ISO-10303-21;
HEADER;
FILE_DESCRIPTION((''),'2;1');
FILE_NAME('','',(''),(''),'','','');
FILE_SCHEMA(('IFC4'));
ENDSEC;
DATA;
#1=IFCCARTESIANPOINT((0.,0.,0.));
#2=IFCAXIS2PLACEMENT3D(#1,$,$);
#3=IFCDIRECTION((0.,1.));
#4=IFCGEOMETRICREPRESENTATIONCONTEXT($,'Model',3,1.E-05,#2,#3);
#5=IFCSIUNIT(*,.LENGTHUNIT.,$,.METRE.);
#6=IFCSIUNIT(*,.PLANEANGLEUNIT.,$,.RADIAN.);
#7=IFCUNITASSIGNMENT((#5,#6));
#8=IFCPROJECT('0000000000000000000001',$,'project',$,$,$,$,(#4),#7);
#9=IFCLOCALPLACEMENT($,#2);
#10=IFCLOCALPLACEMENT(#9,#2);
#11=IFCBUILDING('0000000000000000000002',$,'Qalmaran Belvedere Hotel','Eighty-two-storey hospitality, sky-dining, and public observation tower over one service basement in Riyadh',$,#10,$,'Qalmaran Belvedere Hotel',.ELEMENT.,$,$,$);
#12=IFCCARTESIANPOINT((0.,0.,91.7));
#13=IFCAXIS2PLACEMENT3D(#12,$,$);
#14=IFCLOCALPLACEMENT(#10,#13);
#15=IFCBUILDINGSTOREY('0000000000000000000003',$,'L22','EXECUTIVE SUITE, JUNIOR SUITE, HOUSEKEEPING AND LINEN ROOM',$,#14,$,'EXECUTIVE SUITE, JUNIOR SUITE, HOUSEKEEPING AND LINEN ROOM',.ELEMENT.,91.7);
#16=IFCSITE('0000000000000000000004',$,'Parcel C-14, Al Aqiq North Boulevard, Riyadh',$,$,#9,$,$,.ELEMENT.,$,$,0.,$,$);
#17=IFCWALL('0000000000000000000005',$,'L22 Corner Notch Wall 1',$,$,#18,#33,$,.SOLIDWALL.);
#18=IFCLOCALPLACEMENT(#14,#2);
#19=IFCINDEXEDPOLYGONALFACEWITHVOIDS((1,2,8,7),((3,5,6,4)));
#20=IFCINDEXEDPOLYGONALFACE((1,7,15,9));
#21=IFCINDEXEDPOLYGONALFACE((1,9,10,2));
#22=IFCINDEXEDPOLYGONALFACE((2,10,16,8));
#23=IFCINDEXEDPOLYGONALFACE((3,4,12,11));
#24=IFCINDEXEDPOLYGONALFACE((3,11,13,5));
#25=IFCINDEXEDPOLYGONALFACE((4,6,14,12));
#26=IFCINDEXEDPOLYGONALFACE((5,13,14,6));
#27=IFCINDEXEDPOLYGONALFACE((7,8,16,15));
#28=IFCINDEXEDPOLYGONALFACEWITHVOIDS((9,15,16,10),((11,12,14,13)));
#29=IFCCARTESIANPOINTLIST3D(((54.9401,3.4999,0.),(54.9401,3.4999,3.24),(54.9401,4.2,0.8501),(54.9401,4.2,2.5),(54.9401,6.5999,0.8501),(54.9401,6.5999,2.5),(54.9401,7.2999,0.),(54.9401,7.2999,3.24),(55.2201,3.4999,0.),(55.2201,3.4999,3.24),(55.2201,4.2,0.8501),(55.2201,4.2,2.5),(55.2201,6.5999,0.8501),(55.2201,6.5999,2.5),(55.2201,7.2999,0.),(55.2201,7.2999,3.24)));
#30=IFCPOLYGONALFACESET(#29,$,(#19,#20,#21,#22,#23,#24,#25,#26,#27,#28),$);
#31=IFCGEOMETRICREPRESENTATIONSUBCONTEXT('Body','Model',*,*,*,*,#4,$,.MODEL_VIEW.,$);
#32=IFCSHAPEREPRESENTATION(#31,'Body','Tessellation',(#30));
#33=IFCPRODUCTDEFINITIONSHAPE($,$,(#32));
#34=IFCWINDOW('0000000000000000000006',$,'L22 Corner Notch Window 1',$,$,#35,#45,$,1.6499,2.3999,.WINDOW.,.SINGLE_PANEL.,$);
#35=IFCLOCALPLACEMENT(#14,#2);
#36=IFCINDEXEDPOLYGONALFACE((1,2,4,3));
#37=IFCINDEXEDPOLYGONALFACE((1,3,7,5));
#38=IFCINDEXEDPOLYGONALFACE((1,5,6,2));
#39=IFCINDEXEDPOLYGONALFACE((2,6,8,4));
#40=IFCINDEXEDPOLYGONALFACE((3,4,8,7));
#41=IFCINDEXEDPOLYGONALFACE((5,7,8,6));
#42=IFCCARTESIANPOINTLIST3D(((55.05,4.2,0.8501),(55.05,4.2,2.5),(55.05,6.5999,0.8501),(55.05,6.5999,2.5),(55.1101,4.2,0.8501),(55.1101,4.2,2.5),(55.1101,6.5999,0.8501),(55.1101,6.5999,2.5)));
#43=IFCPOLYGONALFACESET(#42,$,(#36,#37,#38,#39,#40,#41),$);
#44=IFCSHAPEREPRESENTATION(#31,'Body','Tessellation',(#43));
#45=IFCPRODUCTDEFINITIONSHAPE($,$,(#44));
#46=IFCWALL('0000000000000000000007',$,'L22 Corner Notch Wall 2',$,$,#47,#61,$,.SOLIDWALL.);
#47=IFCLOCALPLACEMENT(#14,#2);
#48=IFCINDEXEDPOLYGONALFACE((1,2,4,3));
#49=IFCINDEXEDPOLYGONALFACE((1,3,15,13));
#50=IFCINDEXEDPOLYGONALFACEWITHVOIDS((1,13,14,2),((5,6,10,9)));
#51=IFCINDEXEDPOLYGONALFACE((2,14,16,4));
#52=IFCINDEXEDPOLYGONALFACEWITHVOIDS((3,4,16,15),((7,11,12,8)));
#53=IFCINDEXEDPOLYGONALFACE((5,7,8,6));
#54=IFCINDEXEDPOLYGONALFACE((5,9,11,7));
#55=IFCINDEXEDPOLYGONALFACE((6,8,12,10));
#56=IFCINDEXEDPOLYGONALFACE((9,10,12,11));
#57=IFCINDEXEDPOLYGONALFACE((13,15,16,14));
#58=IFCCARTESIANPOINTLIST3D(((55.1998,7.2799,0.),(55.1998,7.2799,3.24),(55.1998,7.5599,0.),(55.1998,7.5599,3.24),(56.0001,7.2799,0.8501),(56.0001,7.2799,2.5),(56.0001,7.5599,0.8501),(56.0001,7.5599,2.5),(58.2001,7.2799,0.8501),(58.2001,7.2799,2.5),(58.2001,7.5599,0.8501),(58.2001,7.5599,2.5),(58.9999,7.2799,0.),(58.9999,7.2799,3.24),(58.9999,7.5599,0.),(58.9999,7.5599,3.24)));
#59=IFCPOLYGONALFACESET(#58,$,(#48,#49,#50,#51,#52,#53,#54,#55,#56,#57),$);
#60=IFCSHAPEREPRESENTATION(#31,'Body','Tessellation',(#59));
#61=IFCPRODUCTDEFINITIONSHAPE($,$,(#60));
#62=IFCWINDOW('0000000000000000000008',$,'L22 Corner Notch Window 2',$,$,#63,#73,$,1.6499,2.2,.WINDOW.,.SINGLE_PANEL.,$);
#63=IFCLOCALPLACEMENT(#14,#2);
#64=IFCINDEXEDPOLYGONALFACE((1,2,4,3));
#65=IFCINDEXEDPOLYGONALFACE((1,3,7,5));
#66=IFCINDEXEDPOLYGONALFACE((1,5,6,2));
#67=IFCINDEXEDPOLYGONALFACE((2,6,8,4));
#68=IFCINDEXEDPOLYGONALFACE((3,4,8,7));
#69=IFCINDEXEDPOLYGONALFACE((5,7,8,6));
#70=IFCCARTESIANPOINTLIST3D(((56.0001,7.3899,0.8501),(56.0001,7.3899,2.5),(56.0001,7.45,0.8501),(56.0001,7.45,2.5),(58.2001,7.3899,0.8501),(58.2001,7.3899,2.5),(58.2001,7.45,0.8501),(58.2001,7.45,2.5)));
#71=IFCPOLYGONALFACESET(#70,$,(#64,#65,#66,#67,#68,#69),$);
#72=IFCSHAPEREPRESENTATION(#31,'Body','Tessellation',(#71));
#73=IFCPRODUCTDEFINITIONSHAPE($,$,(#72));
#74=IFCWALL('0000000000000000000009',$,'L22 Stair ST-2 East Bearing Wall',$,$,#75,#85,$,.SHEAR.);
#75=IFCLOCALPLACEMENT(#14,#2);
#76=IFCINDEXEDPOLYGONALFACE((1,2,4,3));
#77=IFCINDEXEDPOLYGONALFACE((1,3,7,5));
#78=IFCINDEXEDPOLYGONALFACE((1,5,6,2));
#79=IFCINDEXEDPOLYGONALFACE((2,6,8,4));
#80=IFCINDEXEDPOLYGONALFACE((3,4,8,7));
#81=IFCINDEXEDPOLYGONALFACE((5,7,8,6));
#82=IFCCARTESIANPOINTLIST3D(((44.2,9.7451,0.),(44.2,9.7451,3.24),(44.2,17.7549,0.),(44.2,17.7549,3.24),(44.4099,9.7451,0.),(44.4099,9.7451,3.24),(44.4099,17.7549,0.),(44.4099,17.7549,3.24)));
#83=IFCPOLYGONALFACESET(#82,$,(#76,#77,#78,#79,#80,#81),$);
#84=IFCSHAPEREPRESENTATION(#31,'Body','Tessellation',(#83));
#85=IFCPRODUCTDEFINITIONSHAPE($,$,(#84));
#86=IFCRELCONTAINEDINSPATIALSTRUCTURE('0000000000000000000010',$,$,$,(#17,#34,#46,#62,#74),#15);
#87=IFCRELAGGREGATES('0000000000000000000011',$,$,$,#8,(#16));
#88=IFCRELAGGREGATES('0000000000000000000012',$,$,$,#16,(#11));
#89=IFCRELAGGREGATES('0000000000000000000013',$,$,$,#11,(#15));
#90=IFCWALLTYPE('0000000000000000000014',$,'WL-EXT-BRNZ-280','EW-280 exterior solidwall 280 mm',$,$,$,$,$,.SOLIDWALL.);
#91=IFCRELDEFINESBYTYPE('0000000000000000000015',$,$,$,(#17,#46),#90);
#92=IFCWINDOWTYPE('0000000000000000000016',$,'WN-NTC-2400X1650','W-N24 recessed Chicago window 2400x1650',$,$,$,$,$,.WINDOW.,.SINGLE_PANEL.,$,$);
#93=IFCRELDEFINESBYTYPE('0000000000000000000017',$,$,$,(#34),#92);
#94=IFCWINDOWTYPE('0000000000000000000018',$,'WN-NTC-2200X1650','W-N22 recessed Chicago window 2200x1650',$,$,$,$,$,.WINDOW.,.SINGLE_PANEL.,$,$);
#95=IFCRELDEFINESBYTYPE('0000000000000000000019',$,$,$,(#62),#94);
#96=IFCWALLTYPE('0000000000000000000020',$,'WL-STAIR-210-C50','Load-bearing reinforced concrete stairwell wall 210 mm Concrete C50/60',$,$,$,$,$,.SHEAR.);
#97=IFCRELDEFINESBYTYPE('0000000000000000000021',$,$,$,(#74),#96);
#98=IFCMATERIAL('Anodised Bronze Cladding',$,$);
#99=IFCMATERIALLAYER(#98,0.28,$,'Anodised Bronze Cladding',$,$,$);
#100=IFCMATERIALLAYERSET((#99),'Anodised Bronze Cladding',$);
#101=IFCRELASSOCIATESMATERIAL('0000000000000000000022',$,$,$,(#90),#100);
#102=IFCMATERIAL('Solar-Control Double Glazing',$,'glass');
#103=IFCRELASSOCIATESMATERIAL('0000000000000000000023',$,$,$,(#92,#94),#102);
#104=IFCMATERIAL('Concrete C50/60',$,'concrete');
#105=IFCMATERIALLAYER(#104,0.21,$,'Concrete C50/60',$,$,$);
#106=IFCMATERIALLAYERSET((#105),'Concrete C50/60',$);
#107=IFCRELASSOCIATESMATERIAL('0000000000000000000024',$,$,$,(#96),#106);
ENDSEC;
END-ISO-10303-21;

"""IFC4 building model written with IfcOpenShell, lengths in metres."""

from ifc_helpers import new_model, si_unit, direction, frame, frame_2d, origin, place, context, subcontext, project, spatial, rectangle, extrude, material, layer, layer_set, type_object, element, fill, save


model = new_model("IFC4")

# Units and contexts
model_context = context("Model", 3, precision=1e-05, world=origin(), true_north=direction((0.0, 1.0)))
body_context = subcontext(model_context, "Body", "Model", "MODEL_VIEW")
ifc_project = project(units=[si_unit("LENGTHUNIT", "METRE"), si_unit("PLANEANGLEUNIT", "RADIAN")], contexts=[model_context])

# Site, building, storey
site_placement = place(None, origin())
site = spatial("IfcSite", under=ifc_project, at=site_placement, Name="Parcel C-14, Al Aqiq North Boulevard, Riyadh", CompositionType="ELEMENT", RefElevation=0.0)
building_placement = place(site_placement, origin())
building = spatial("IfcBuilding", under=site, at=building_placement, Name="Qalmaran Belvedere Hotel", Description="Eighty-two-storey hospitality, sky-dining, and public observation tower over one service basement in Riyadh", LongName="Qalmaran Belvedere Hotel", CompositionType="ELEMENT")
storey_placement = place(building_placement, frame((0.0, 0.0, 91.7)))
storey = spatial("IfcBuildingStorey", under=building, at=storey_placement, Name="L22", Description="EXECUTIVE SUITE, JUNIOR SUITE, HOUSEKEEPING AND LINEN ROOM", LongName="EXECUTIVE SUITE, JUNIOR SUITE, HOUSEKEEPING AND LINEN ROOM", CompositionType="ELEMENT", Elevation=91.7)

# Shared definitions
ifc_material_1 = material(Name="Solar-Control Double Glazing", Category="glass")

# Walls, openings, windows
ifc_material_2 = material(Name="Anodised Bronze Cladding")
ifc_layer_1 = layer(ifc_material_2, 0.28, Name="Anodised Bronze Cladding")
ifc_layer_set_1 = layer_set([ifc_layer_1], Name="Anodised Bronze Cladding")
wall_type_1 = type_object("IfcWallType", Name="WL-EXT-BRNZ-280", Description="EW-280 exterior solidwall 280 mm", PredefinedType="SOLIDWALL", material=ifc_layer_set_1)
wall_1_placement = place(storey_placement, frame((55.0801, 3.5, 0.0), z_axis=(0.0, 0.0, 1.0), x_axis=(0.0, 1.0, 0.0)))
wall_1 = element("IfcWall", 1, at=wall_1_placement, inside=storey, type_object=wall_type_1, Name="L22 Corner Notch Wall 1", PredefinedType="SOLIDWALL", context=body_context, shape_type="SweptSolid", body=[
    extrude(rectangle(XDim=3.8, YDim=0.28, at=frame_2d((1.8999, 0.0))), origin(), (0.0, 0.0, 1.0), 3.24),
])
opening_1_placement = place(wall_1_placement, frame((0.7, 0.0, 0.8501)))
opening_1 = element("IfcOpeningElement", 2, at=opening_1_placement, cuts=wall_1, PredefinedType="OPENING", context=body_context, shape_type="SweptSolid", body=[
    extrude(rectangle(XDim=2.3999, YDim=1.6499, at=frame_2d((1.2, 0.825))), frame((0.0, 0.1499, 0.0), z_axis=(0.0, -1.0, 0.0), x_axis=(1.0, 0.0, 0.0)), (0.0, 0.0, 1.0), 0.3),
])
window_type_1 = type_object("IfcWindowType", Name="WN-NTC-2400X1650", Description="W-N24 recessed Chicago window 2400x1650", PartitioningType="SINGLE_PANEL", PredefinedType="WINDOW", material=ifc_material_1)
window_1_placement = place(opening_1_placement, origin())
window_1 = element("IfcWindow", 3, at=window_1_placement, inside=storey, type_object=window_type_1, Name="L22 Corner Notch Window 1", OverallHeight=1.6499, OverallWidth=2.3999, PartitioningType="SINGLE_PANEL", PredefinedType="WINDOW", context=body_context, shape_type="SweptSolid", body=[
    extrude(rectangle(XDim=2.3999, YDim=1.6499, at=frame_2d((1.2, 0.825))), frame((0.0, 0.03, 0.0), z_axis=(0.0, -1.0, 0.0), x_axis=(1.0, 0.0, 0.0)), (0.0, 0.0, 1.0), 0.0601),
])
fill(opening_1, window_1)
wall_2_placement = place(storey_placement, frame((55.2, 7.4199, 0.0), z_axis=(0.0, 0.0, 1.0), x_axis=(1.0, 0.0, 0.0)))
wall_2 = element("IfcWall", 4, at=wall_2_placement, inside=storey, type_object=wall_type_1, Name="L22 Corner Notch Wall 2", PredefinedType="SOLIDWALL", context=body_context, shape_type="SweptSolid", body=[
    extrude(rectangle(XDim=3.8, YDim=0.28, at=frame_2d((1.8999, 0.0))), origin(), (0.0, 0.0, 1.0), 3.24),
])
opening_2_placement = place(wall_2_placement, frame((0.8, 0.0, 0.8501)))
opening_2 = element("IfcOpeningElement", 5, at=opening_2_placement, cuts=wall_2, PredefinedType="OPENING", context=body_context, shape_type="SweptSolid", body=[
    extrude(rectangle(XDim=2.2, YDim=1.6499, at=frame_2d((1.1001, 0.825))), frame((0.0, 0.1499, 0.0), z_axis=(0.0, -1.0, 0.0), x_axis=(1.0, 0.0, 0.0)), (0.0, 0.0, 1.0), 0.3),
])
window_type_2 = type_object("IfcWindowType", Name="WN-NTC-2200X1650", Description="W-N22 recessed Chicago window 2200x1650", PartitioningType="SINGLE_PANEL", PredefinedType="WINDOW", material=ifc_material_1)
window_2_placement = place(opening_2_placement, origin())
window_2 = element("IfcWindow", 6, at=window_2_placement, inside=storey, type_object=window_type_2, Name="L22 Corner Notch Window 2", OverallHeight=1.6499, OverallWidth=2.2, PartitioningType="SINGLE_PANEL", PredefinedType="WINDOW", context=body_context, shape_type="SweptSolid", body=[
    extrude(rectangle(XDim=2.2, YDim=1.6499, at=frame_2d((1.1001, 0.825))), frame((0.0, 0.03, 0.0), z_axis=(0.0, -1.0, 0.0), x_axis=(1.0, 0.0, 0.0)), (0.0, 0.0, 1.0), 0.0601),
])
fill(opening_2, window_2)

# Wall
ifc_material_3 = material(Name="Concrete C50/60", Category="concrete")
ifc_layer_2 = layer(ifc_material_3, 0.21, Name="Concrete C50/60")
ifc_layer_set_2 = layer_set([ifc_layer_2], Name="Concrete C50/60")
wall_type_2 = type_object("IfcWallType", Name="WL-STAIR-210-C50", Description="Load-bearing reinforced concrete stairwell wall 210 mm Concrete C50/60", PredefinedType="SHEAR", material=ifc_layer_set_2)
wall_3_placement = place(storey_placement, frame((44.3049, 9.7451, 0.0), z_axis=(0.0, 0.0, 1.0), x_axis=(0.0, 1.0, 0.0)))
element("IfcWall", 7, at=wall_3_placement, inside=storey, type_object=wall_type_2, Name="L22 Stair ST-2 East Bearing Wall", PredefinedType="SHEAR", context=body_context, shape_type="SweptSolid", body=[
    extrude(rectangle(XDim=8.0098, YDim=0.21, at=frame_2d((4.0049, 0.0))), origin(), (0.0, 0.0, 1.0), 3.24),
])

save(model, "model.ifc")
